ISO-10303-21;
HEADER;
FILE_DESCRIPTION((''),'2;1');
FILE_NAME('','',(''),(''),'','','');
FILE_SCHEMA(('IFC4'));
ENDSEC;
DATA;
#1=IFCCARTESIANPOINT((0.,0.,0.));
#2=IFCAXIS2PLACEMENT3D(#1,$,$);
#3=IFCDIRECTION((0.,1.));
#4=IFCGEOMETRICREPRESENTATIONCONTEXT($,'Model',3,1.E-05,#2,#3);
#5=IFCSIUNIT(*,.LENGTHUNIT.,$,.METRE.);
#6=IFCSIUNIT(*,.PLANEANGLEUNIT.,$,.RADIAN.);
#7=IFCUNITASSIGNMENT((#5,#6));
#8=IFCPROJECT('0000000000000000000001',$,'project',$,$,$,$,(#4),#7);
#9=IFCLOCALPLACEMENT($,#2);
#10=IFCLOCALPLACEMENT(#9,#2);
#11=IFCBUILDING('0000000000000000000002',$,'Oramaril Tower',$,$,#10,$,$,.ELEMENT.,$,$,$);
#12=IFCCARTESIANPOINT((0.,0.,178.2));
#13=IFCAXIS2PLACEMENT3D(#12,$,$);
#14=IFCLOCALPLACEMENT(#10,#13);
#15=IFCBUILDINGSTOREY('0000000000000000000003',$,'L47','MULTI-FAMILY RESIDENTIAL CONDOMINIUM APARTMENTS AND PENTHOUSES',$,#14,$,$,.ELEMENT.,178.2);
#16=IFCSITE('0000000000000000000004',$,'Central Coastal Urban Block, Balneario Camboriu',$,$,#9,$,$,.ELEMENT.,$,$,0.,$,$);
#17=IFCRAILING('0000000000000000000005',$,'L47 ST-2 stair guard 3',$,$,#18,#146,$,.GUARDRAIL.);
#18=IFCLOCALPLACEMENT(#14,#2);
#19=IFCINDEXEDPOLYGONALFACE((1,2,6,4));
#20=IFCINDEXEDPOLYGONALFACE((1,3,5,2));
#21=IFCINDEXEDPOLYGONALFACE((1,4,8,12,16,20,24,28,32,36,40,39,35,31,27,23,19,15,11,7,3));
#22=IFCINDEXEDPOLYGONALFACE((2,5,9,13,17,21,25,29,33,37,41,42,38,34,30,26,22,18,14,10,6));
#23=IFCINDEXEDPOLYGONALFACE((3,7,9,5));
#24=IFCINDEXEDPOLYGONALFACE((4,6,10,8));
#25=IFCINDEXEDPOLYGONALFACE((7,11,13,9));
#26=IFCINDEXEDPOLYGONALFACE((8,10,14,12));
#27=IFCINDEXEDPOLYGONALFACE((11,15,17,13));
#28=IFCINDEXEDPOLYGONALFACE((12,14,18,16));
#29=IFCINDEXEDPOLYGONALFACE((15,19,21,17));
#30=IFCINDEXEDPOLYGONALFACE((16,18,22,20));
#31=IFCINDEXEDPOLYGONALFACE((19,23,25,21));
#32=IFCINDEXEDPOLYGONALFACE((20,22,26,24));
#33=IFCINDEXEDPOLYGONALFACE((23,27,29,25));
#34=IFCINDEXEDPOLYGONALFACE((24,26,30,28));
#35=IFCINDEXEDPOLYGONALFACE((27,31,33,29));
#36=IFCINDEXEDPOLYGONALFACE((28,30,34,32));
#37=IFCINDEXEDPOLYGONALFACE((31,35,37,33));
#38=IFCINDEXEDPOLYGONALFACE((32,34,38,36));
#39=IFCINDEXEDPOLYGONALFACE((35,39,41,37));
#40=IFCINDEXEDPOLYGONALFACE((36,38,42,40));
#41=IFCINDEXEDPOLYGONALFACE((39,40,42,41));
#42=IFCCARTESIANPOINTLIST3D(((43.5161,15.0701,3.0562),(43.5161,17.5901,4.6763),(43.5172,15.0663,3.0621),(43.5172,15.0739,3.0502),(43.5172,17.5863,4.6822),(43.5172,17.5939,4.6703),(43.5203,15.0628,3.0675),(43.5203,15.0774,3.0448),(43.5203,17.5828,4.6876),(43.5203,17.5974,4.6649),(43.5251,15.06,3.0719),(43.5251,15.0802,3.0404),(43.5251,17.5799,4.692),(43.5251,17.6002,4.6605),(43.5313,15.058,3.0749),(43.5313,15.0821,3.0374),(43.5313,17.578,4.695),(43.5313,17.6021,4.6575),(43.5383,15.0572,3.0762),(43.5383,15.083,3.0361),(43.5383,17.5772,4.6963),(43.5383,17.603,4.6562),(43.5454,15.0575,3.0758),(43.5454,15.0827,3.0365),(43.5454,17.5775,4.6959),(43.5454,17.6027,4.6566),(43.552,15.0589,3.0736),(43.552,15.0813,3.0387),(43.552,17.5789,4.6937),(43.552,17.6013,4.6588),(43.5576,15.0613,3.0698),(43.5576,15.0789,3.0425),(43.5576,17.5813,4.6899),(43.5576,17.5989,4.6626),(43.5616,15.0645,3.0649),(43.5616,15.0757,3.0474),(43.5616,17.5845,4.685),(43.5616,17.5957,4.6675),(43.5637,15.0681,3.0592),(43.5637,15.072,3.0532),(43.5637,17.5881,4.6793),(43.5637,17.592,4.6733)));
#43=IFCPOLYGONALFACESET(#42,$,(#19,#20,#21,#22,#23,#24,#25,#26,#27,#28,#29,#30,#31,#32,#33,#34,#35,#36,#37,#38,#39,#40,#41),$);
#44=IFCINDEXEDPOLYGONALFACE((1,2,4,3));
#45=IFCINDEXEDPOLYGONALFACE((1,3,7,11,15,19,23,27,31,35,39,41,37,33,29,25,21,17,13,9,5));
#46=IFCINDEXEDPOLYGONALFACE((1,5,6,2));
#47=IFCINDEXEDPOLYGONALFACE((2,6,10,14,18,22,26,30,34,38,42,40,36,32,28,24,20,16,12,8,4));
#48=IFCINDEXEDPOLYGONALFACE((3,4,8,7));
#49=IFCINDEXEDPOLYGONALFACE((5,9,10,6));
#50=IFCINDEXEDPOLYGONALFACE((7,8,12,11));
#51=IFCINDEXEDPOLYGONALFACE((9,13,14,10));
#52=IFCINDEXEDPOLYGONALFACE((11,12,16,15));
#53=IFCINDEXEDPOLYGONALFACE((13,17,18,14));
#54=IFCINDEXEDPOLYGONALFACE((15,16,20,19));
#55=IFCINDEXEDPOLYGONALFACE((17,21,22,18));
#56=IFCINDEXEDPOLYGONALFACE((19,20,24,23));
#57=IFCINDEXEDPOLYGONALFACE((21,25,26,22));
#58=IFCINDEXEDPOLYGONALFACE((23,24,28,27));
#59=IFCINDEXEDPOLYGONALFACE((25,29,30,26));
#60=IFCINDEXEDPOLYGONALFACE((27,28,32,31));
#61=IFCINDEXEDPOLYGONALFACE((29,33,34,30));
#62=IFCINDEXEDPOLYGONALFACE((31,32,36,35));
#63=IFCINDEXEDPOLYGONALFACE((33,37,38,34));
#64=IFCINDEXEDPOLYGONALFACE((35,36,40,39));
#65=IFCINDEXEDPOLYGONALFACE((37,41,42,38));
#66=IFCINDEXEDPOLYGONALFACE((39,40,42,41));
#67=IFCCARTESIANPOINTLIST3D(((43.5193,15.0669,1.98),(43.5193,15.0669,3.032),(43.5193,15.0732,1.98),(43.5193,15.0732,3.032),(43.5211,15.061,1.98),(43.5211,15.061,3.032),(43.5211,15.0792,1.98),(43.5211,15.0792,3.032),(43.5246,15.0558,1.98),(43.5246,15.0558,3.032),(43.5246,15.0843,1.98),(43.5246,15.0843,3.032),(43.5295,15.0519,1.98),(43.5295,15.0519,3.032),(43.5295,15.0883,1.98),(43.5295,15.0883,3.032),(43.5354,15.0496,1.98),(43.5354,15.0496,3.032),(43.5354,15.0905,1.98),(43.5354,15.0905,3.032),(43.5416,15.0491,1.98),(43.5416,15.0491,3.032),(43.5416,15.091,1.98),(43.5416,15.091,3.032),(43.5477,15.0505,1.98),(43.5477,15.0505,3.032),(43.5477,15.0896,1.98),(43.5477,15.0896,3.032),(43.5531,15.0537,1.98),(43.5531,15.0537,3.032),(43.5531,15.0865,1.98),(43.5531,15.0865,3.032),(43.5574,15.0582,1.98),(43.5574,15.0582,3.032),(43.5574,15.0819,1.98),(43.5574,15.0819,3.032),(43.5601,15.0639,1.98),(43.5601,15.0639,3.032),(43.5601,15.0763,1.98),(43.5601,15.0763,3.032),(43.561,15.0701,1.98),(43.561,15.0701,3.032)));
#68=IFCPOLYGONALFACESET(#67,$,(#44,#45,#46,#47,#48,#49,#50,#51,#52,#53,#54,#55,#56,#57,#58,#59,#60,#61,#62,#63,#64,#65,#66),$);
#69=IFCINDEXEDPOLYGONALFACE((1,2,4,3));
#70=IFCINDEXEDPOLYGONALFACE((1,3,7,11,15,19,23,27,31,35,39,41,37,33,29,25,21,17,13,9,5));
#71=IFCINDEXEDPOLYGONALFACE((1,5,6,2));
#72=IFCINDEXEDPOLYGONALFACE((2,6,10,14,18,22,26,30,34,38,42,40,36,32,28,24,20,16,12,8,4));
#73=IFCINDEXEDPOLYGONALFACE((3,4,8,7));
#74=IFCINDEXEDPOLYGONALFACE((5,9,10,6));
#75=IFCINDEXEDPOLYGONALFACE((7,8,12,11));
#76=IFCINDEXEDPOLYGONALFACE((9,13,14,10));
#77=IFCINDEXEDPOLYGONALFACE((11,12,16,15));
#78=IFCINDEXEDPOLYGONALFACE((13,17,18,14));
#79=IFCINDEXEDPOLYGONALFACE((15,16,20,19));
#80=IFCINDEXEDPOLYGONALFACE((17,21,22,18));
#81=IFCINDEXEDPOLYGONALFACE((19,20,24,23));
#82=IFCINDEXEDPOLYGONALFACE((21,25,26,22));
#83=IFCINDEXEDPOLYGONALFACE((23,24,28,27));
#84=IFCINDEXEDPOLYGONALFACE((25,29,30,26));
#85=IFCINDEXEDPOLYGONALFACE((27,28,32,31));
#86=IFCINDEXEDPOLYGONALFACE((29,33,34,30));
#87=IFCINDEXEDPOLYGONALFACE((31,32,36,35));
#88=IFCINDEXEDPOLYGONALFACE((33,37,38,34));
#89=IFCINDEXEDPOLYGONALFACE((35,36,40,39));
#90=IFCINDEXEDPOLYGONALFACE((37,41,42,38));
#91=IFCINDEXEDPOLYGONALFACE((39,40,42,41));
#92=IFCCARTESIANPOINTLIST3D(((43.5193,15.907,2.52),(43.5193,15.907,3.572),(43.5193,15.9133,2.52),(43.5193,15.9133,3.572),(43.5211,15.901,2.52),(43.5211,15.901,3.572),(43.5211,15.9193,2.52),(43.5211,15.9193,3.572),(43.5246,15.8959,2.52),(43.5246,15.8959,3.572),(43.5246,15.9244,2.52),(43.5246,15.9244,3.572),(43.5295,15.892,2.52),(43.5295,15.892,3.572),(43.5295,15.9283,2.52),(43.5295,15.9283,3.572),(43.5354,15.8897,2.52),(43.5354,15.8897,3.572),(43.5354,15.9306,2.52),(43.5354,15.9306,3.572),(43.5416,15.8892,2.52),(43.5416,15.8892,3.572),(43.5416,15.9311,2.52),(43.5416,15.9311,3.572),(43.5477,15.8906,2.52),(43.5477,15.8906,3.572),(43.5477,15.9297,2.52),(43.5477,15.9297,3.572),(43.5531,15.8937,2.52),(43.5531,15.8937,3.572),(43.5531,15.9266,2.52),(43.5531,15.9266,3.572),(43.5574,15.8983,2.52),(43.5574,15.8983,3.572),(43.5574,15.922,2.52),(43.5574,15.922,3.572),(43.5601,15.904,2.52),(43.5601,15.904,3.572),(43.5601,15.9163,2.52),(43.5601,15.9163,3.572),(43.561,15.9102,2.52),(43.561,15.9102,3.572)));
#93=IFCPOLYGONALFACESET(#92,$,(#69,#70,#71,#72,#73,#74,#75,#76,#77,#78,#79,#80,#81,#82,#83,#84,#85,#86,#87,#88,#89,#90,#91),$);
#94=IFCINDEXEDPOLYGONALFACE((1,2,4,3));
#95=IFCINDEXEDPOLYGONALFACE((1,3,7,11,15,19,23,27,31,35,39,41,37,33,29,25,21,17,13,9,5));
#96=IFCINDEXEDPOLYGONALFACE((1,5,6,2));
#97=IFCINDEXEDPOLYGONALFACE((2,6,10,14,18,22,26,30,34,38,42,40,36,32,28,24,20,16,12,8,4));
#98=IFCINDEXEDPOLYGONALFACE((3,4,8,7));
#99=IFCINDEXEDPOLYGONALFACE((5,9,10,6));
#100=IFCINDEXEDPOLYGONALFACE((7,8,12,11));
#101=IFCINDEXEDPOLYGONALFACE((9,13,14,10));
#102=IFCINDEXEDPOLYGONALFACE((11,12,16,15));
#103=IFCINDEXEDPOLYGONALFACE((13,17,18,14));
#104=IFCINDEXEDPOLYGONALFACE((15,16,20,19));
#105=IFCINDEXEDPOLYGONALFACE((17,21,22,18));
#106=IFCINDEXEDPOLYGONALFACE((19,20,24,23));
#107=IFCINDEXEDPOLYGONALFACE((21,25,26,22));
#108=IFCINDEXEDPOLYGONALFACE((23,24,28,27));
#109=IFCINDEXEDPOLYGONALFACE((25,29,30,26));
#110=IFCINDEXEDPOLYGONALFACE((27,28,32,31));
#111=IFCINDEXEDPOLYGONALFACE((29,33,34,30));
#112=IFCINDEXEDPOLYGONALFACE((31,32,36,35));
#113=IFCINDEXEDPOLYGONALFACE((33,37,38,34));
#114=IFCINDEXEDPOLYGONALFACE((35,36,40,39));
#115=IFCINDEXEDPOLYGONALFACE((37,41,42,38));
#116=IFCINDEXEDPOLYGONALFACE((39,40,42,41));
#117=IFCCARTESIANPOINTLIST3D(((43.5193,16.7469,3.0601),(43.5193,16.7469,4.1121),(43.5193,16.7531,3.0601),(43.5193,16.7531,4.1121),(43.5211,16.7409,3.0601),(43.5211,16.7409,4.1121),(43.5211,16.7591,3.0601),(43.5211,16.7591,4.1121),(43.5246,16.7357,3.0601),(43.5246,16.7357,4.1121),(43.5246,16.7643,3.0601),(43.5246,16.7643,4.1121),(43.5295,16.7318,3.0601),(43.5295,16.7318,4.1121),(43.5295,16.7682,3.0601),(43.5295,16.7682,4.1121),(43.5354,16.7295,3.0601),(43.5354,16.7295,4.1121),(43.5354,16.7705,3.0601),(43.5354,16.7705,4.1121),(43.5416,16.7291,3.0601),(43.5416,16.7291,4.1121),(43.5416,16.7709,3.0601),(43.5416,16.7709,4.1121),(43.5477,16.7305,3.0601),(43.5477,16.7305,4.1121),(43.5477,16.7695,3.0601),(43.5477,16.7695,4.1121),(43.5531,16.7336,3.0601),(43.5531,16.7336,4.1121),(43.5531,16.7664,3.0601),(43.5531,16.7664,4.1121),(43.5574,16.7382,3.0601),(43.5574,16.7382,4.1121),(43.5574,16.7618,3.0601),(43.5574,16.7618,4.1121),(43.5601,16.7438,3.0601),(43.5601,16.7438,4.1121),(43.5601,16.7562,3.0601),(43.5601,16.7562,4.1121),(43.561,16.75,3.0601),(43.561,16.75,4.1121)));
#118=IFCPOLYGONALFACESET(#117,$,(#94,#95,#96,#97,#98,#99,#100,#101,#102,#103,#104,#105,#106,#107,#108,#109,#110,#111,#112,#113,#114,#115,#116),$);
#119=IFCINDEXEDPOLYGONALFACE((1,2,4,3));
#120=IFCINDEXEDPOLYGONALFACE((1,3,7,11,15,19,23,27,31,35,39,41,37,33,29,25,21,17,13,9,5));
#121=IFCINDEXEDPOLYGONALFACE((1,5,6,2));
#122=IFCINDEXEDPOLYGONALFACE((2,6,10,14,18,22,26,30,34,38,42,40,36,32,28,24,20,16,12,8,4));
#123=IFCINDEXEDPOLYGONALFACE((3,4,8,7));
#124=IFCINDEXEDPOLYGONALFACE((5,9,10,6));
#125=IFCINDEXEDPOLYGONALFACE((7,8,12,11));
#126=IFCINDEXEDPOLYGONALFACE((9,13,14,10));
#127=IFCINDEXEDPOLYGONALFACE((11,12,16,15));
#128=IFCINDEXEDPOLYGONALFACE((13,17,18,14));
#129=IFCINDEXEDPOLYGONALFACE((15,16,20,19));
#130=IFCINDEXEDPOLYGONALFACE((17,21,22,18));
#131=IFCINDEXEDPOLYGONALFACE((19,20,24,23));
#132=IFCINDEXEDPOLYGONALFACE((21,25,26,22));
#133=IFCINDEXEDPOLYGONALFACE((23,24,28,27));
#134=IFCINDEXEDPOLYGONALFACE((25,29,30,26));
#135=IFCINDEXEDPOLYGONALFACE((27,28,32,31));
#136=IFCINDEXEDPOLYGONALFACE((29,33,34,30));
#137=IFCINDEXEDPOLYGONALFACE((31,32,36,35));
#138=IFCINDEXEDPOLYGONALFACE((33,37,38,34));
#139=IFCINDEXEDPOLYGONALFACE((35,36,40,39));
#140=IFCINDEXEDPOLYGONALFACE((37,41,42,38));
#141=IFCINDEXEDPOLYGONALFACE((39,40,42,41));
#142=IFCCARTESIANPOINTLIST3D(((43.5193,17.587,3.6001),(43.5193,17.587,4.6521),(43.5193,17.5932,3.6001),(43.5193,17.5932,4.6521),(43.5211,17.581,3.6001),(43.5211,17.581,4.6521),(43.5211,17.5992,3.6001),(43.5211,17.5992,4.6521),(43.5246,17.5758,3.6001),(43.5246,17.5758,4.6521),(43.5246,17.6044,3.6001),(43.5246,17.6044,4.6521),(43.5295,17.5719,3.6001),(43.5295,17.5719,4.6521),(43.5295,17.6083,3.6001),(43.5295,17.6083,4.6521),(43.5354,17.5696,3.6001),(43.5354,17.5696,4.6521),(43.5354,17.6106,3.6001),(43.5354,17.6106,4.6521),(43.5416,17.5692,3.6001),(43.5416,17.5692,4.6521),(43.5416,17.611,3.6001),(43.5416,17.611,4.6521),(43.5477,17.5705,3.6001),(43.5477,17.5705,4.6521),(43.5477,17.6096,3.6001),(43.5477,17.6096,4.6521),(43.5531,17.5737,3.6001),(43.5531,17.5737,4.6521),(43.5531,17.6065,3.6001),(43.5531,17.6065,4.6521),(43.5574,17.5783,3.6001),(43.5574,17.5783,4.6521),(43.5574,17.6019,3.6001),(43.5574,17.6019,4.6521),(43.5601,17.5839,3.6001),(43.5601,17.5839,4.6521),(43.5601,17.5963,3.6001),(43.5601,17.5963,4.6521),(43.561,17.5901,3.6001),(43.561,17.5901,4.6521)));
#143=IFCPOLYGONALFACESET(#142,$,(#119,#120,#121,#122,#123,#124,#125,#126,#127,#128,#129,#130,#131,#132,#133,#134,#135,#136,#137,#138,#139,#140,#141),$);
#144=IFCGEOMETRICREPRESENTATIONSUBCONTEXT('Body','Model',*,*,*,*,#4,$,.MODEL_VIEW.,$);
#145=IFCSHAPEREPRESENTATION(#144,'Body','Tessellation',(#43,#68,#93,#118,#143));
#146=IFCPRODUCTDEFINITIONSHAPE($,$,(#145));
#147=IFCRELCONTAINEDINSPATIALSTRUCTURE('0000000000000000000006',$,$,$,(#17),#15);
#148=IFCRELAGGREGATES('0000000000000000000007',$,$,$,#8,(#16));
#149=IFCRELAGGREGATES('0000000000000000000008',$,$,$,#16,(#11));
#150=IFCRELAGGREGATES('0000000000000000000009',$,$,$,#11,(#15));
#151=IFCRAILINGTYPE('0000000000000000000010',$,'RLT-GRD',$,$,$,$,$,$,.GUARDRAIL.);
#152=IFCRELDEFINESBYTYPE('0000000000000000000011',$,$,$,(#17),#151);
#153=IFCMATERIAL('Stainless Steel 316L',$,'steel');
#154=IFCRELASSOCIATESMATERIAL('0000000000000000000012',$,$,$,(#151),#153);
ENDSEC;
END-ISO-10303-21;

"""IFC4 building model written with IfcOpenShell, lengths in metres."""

from ifc_helpers import new_model, si_unit, direction, frame, origin, origin_2d, place, context, subcontext, project, spatial, circle, extrude, material, type_object, element, save


model = new_model("IFC4")

# Units and contexts
model_context = context("Model", 3, precision=1e-05, world=origin(), true_north=direction((0.0, 1.0)))
body_context = subcontext(model_context, "Body", "Model", "MODEL_VIEW")
ifc_project = project(units=[si_unit("LENGTHUNIT", "METRE"), si_unit("PLANEANGLEUNIT", "RADIAN")], contexts=[model_context])

# Site, building, storey
site_placement = place(None, origin())
site = spatial("IfcSite", under=ifc_project, at=site_placement, Name="Central Coastal Urban Block, Balneario Camboriu", CompositionType="ELEMENT", RefElevation=0.0)
building_placement = place(site_placement, origin())
building = spatial("IfcBuilding", under=site, at=building_placement, Name="Oramaril Tower", CompositionType="ELEMENT")
storey_placement = place(building_placement, frame((0.0, 0.0, 178.2)))
storey = spatial("IfcBuildingStorey", under=building, at=storey_placement, Name="L47", Description="MULTI-FAMILY RESIDENTIAL CONDOMINIUM APARTMENTS AND PENTHOUSES", CompositionType="ELEMENT", Elevation=178.2)

# Railing
ifc_material_1 = material(Name="Stainless Steel 316L", Category="steel")
railing_type_1 = type_object("IfcRailingType", Name="RLT-GRD", PredefinedType="GUARDRAIL", material=ifc_material_1)
railing_1_placement = place(storey_placement, frame((43.54, 15.0701, 1.98)))
element("IfcRailing", 1, at=railing_1_placement, inside=storey, type_object=railing_type_1, Name="L47 ST-2 stair guard 3", PredefinedType="GUARDRAIL", context=body_context, shape_type="SweptSolid", body=[
    extrude(circle(Radius=0.0239, at=origin_2d()), frame((0.0, 0.0, 1.0762), z_axis=(0.0, 0.841163, 0.540782), x_axis=(-1.0, 0.0, 0.0)), (0.0, 0.0, 1.0), 2.9958),
    extrude(circle(Radius=0.021, at=origin_2d()), origin(), (0.0, 0.0, 1.0), 1.052),
    extrude(circle(Radius=0.021, at=origin_2d()), frame((0.0, 0.8401, 0.54)), (0.0, 0.0, 1.0), 1.052),
    extrude(circle(Radius=0.021, at=origin_2d()), frame((0.0, 1.6799, 1.0801)), (0.0, 0.0, 1.0), 1.052),
    extrude(circle(Radius=0.021, at=origin_2d()), frame((0.0, 2.52, 1.6201)), (0.0, 0.0, 1.0), 1.052),
])

save(model, "model.ifc")
